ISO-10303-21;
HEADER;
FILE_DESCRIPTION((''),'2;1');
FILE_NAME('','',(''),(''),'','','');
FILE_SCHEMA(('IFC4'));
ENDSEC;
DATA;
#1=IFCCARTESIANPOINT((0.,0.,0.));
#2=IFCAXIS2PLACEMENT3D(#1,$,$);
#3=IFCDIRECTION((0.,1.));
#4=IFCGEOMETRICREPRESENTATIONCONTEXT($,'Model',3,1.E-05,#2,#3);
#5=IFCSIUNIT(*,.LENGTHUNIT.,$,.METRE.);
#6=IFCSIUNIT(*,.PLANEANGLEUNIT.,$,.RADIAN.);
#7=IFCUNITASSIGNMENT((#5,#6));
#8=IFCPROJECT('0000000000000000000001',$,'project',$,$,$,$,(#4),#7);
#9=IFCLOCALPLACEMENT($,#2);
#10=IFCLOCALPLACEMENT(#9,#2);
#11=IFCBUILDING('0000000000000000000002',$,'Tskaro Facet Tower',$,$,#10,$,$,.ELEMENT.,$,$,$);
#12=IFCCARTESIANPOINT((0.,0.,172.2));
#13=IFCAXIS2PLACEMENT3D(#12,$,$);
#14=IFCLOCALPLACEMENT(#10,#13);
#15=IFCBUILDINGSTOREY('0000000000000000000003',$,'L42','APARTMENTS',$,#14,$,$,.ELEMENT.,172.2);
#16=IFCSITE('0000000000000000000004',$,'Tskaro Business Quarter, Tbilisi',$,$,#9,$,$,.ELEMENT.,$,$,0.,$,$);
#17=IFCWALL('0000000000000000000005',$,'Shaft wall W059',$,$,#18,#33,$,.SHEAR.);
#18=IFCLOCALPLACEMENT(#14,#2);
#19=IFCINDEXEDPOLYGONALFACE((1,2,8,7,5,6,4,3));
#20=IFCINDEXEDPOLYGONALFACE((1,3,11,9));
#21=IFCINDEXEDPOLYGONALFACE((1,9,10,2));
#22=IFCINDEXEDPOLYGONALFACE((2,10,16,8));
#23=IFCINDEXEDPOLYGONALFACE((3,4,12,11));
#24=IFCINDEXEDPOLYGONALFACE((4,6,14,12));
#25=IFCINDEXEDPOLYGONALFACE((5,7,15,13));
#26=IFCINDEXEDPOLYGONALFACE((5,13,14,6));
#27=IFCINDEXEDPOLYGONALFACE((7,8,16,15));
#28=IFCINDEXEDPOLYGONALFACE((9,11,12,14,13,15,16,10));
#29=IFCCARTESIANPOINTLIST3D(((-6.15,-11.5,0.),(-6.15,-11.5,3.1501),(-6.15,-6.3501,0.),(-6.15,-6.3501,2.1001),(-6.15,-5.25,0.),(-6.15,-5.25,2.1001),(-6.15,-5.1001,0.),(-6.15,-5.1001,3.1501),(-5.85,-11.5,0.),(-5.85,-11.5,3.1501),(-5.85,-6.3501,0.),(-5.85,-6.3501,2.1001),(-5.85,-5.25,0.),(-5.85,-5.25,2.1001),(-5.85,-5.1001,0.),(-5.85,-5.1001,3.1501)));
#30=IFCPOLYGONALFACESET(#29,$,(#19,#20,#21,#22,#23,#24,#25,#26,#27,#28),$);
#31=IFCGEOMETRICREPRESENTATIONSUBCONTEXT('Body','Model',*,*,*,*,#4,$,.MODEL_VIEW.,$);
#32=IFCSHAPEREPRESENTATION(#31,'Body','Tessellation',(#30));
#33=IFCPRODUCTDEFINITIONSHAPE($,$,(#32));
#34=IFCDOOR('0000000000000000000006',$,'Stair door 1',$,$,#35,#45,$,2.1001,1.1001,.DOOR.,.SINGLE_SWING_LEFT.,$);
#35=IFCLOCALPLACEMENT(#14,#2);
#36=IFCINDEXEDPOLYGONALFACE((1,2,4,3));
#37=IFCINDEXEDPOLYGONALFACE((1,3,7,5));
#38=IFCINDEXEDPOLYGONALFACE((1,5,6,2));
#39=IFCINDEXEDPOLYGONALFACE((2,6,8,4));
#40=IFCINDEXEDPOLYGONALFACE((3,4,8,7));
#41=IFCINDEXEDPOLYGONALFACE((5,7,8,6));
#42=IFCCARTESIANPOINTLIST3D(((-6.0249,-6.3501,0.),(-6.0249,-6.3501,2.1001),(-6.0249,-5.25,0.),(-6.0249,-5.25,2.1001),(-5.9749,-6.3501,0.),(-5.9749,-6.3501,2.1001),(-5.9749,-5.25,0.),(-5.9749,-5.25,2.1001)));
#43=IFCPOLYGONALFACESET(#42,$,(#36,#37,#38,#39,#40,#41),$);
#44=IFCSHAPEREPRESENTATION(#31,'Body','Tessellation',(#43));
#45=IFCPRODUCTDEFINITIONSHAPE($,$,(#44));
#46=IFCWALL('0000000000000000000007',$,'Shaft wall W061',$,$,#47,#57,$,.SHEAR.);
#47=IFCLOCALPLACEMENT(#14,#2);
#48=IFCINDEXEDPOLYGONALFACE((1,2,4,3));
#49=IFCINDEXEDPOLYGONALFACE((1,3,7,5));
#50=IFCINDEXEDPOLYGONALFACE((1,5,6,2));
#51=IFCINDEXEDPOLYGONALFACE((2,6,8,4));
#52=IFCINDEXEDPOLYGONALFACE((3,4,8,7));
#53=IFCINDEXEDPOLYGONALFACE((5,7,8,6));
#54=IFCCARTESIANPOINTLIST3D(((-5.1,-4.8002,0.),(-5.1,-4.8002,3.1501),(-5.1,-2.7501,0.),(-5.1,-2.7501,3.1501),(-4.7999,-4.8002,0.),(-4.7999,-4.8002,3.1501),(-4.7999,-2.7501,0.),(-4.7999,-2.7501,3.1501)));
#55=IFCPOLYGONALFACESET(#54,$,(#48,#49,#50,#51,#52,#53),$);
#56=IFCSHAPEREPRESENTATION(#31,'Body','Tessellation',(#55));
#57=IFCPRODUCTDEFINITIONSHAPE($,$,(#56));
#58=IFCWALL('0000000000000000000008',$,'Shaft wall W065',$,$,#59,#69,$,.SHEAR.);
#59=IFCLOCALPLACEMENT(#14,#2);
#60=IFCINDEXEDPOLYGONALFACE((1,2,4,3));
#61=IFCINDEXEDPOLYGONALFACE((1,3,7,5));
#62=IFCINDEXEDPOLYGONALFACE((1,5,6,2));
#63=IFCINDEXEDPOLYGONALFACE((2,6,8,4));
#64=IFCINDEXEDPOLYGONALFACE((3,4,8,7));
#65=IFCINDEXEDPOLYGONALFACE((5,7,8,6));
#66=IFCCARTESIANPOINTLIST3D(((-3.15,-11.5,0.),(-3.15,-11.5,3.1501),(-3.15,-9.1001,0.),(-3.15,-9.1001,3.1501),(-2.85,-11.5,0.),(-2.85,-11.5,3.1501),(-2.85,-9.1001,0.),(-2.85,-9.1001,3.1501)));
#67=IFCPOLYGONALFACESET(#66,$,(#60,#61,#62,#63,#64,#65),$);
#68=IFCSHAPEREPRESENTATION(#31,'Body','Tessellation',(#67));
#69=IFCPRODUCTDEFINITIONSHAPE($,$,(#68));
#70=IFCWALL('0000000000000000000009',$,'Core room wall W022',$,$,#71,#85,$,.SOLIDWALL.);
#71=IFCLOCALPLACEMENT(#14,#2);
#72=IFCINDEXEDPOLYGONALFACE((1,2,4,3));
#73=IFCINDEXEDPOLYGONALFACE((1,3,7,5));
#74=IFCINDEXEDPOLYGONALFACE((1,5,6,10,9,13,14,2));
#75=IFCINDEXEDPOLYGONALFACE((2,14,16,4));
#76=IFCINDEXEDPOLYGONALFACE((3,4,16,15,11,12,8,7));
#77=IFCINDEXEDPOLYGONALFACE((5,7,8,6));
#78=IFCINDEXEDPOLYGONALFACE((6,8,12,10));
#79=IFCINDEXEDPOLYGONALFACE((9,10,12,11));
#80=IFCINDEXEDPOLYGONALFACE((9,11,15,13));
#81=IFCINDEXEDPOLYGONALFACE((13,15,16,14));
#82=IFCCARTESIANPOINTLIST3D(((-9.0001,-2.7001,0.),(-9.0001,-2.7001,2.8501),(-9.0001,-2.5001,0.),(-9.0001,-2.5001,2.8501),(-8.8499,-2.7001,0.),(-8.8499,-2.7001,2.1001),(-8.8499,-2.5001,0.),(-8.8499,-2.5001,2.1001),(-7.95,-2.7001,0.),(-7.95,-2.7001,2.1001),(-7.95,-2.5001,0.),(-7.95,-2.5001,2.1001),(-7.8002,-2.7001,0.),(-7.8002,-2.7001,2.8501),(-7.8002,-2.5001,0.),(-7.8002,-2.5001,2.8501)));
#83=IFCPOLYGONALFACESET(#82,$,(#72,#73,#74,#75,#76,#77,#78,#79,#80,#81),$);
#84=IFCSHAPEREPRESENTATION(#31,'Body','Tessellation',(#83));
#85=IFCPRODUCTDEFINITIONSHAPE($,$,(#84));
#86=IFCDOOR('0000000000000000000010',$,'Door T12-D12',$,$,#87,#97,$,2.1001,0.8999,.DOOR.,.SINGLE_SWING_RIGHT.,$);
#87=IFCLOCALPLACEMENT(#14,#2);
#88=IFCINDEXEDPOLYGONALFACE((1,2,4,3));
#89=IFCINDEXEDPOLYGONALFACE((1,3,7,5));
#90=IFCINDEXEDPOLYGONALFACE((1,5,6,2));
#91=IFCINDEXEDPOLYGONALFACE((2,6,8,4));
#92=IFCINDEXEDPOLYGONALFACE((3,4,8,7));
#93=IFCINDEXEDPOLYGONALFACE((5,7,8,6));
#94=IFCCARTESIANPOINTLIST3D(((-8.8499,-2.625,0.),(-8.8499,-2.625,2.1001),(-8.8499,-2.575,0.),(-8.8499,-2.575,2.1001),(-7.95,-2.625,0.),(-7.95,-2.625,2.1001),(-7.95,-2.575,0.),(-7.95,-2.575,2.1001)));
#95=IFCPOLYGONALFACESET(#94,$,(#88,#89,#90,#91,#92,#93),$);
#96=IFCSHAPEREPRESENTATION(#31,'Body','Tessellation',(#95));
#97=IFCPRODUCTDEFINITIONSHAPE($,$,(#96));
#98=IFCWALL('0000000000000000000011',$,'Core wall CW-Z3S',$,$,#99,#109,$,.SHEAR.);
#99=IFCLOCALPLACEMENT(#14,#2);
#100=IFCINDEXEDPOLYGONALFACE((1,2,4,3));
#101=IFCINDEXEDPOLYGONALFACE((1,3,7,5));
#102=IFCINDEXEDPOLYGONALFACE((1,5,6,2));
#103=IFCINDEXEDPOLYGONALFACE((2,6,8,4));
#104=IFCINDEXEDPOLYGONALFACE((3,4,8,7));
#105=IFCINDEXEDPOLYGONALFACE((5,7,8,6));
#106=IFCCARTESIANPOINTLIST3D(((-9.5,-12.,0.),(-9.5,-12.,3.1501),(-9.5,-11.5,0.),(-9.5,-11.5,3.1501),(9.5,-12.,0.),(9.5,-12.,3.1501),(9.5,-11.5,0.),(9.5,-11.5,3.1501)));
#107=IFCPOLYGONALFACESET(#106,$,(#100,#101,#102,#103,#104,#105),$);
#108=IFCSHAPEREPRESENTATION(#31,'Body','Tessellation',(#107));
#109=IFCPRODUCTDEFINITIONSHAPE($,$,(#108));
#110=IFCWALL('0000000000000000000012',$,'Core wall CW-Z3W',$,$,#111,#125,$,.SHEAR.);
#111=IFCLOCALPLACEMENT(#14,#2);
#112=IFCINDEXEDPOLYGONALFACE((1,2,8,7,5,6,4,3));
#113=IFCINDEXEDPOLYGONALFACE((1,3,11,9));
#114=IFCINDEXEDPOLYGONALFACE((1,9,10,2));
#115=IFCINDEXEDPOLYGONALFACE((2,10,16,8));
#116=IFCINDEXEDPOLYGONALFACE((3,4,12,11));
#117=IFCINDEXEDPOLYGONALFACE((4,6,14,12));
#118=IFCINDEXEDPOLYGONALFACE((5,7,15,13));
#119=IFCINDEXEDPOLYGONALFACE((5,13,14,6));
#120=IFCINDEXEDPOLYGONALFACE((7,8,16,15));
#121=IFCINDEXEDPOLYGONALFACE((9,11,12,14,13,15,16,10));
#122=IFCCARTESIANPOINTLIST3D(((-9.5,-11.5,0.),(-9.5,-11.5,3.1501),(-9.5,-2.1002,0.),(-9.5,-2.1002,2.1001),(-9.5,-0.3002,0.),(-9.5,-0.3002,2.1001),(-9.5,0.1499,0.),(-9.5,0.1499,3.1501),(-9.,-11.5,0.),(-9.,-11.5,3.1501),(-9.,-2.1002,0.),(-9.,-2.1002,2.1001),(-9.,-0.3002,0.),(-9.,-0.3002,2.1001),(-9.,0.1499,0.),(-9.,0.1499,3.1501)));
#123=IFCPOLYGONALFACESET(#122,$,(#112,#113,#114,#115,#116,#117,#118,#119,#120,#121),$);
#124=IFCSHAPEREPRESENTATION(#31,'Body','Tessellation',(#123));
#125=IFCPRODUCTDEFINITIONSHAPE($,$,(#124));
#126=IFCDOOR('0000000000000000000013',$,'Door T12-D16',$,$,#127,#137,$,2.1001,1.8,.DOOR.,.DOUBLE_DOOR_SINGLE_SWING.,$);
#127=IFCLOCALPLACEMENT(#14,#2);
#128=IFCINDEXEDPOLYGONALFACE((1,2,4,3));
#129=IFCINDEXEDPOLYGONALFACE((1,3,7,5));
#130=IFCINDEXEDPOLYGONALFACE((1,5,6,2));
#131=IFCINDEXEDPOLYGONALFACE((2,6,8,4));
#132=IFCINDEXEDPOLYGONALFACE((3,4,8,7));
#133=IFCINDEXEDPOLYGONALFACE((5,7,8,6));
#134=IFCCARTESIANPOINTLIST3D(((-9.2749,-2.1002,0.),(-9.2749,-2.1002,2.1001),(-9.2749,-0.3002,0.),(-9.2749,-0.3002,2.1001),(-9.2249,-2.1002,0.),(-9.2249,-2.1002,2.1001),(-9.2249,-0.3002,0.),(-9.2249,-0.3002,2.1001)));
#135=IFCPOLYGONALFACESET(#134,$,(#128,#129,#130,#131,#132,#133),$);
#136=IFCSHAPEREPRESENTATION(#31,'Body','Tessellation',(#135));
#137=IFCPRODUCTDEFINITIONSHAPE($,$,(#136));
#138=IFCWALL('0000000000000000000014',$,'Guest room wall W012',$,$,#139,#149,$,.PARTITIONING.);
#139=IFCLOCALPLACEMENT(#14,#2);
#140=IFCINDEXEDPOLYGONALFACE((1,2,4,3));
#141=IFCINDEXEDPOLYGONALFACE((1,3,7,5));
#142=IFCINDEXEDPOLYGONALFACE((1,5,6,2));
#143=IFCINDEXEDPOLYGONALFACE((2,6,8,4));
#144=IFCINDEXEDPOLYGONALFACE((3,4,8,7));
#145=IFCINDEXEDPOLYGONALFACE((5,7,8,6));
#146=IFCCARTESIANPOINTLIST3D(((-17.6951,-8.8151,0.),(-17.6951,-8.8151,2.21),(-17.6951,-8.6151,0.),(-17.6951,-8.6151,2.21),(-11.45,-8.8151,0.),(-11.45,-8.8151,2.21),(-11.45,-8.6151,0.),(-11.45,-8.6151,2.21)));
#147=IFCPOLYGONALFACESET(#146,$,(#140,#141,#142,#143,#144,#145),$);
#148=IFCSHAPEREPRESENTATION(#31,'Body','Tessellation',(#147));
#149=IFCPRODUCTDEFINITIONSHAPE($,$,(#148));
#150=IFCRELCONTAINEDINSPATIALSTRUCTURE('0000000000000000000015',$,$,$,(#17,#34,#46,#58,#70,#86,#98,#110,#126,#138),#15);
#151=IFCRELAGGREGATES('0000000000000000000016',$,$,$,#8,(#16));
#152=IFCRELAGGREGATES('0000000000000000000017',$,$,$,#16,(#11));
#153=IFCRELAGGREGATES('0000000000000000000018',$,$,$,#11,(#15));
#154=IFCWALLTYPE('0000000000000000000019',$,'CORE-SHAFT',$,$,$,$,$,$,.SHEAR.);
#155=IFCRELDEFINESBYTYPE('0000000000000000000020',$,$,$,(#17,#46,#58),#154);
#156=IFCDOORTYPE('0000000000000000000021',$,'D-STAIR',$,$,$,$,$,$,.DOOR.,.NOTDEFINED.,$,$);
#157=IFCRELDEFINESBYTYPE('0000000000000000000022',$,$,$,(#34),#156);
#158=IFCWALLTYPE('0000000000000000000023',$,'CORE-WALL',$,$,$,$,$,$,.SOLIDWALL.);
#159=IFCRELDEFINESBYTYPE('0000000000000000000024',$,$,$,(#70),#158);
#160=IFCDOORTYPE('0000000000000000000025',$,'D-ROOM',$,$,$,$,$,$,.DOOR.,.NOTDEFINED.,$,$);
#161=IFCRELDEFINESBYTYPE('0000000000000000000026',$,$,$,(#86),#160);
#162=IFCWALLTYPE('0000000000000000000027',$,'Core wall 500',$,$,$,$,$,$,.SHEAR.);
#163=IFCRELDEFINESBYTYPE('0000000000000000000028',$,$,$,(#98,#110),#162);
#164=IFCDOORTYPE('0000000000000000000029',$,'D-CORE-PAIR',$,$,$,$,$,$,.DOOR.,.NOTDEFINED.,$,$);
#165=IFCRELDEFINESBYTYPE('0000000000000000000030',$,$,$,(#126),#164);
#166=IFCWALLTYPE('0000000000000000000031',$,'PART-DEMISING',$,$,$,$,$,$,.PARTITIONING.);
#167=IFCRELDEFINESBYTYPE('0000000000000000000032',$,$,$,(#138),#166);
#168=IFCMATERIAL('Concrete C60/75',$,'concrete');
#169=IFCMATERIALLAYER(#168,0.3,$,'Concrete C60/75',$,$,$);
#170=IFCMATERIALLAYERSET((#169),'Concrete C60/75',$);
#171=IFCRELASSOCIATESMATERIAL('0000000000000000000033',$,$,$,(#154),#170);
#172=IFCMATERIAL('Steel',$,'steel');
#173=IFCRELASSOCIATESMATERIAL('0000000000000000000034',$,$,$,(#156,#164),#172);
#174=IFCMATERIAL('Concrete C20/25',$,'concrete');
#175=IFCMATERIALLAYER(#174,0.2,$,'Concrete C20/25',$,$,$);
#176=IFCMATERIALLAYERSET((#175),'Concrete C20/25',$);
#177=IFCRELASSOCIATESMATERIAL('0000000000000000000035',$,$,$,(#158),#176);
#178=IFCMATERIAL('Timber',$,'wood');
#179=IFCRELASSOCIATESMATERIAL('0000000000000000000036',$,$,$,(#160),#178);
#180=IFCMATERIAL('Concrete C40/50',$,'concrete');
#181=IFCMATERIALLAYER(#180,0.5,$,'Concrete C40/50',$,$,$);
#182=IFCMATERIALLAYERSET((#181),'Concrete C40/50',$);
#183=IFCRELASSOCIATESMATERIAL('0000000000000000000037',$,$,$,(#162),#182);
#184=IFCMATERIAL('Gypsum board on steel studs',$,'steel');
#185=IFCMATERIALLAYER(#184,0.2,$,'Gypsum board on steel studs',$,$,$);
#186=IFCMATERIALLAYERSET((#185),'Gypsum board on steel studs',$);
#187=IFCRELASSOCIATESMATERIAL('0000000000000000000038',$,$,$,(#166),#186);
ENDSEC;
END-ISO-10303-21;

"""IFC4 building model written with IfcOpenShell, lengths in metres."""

from ifc_helpers import new_model, si_unit, direction, frame, frame_2d, origin, place, context, subcontext, project, spatial, rectangle, extrude, material, layer, layer_set, type_object, element, fill, save


model = new_model("IFC4")

# Units and contexts
model_context = context("Model", 3, precision=1e-05, world=origin(), true_north=direction((0.0, 1.0)))
body_context = subcontext(model_context, "Body", "Model", "MODEL_VIEW")
ifc_project = project(units=[si_unit("LENGTHUNIT", "METRE"), si_unit("PLANEANGLEUNIT", "RADIAN")], contexts=[model_context])

# Site, building, storey
site_placement = place(None, origin())
site = spatial("IfcSite", under=ifc_project, at=site_placement, Name="Tskaro Business Quarter, Tbilisi", CompositionType="ELEMENT", RefElevation=0.0)
building_placement = place(site_placement, origin())
building = spatial("IfcBuilding", under=site, at=building_placement, Name="Tskaro Facet Tower", CompositionType="ELEMENT")
storey_placement = place(building_placement, frame((0.0, 0.0, 172.2)))
storey = spatial("IfcBuildingStorey", under=building, at=storey_placement, Name="L42", Description="APARTMENTS", CompositionType="ELEMENT", Elevation=172.2)

# Shared definitions
ifc_material_1 = material(Name="Concrete C60/75", Category="concrete")
ifc_layer_1 = layer(ifc_material_1, 0.3, Name="Concrete C60/75")
ifc_layer_set_1 = layer_set([ifc_layer_1], Name="Concrete C60/75")
wall_type_1 = type_object("IfcWallType", Name="CORE-SHAFT", PredefinedType="SHEAR", material=ifc_layer_set_1)

# Wall, opening, door
wall_1_placement = place(storey_placement, frame((-6.0, -11.5, 0.0), z_axis=(0.0, 0.0, 1.0), x_axis=(0.0, 1.0, 0.0)))
wall_1 = element("IfcWall", 1, at=wall_1_placement, inside=storey, type_object=wall_type_1, Name="Shaft wall W059", PredefinedType="SHEAR", context=body_context, shape_type="SweptSolid", body=[
    extrude(rectangle(XDim=6.3999, YDim=0.3, at=frame_2d((3.2, 0.0))), origin(), (0.0, 0.0, 1.0), 3.1501),
])
opening_1_placement = place(wall_1_placement, frame((5.1499, 0.0, 0.0)))
opening_1 = element("IfcOpeningElement", 2, at=opening_1_placement, cuts=wall_1, PredefinedType="OPENING", context=body_context, shape_type="SweptSolid", body=[
    extrude(rectangle(XDim=1.1001, YDim=2.1001, at=frame_2d((0.55, 1.05))), frame((0.0, 0.1599, 0.0), z_axis=(0.0, -1.0, 0.0), x_axis=(1.0, 0.0, 0.0)), (0.0, 0.0, 1.0), 0.3201),
])
ifc_material_2 = material(Name="Steel", Category="steel")
door_type_1 = type_object("IfcDoorType", Name="D-STAIR", OperationType="NOTDEFINED", PredefinedType="DOOR", material=ifc_material_2)
door_1_placement = place(opening_1_placement, origin())
door_1 = element("IfcDoor", 3, at=door_1_placement, inside=storey, type_object=door_type_1, Name="Stair door 1", OperationType="SINGLE_SWING_LEFT", OverallHeight=2.1001, OverallWidth=1.1001, PredefinedType="DOOR", context=body_context, shape_type="SweptSolid", body=[
    extrude(rectangle(XDim=1.1001, YDim=2.1001, at=frame_2d((0.55, 1.05))), frame((0.0, 0.0249, 0.0), z_axis=(0.0, -1.0, 0.0), x_axis=(1.0, 0.0, 0.0)), (0.0, 0.0, 1.0), 0.05),
])
fill(opening_1, door_1)

# Walls
wall_2_placement = place(storey_placement, frame((-4.95, -4.8, 0.0), z_axis=(0.0, 0.0, 1.0), x_axis=(0.0, 1.0, 0.0)))
element("IfcWall", 4, at=wall_2_placement, inside=storey, type_object=wall_type_1, Name="Shaft wall W061", PredefinedType="SHEAR", context=body_context, shape_type="SweptSolid", body=[
    extrude(rectangle(XDim=2.05, YDim=0.3, at=frame_2d((1.0249, 0.0))), origin(), (0.0, 0.0, 1.0), 3.1501),
])
wall_3_placement = place(storey_placement, frame((-3.0, -11.5, 0.0), z_axis=(0.0, 0.0, 1.0), x_axis=(0.0, 1.0, 0.0)))
element("IfcWall", 5, at=wall_3_placement, inside=storey, type_object=wall_type_1, Name="Shaft wall W065", PredefinedType="SHEAR", context=body_context, shape_type="SweptSolid", body=[
    extrude(rectangle(XDim=2.3999, YDim=0.3, at=frame_2d((1.2, 0.0))), origin(), (0.0, 0.0, 1.0), 3.1501),
])

# Wall, opening, door
ifc_material_3 = material(Name="Concrete C20/25", Category="concrete")
ifc_layer_2 = layer(ifc_material_3, 0.2, Name="Concrete C20/25")
ifc_layer_set_2 = layer_set([ifc_layer_2], Name="Concrete C20/25")
wall_type_2 = type_object("IfcWallType", Name="CORE-WALL", PredefinedType="SOLIDWALL", material=ifc_layer_set_2)
wall_4_placement = place(storey_placement, frame((-7.8, -2.6001, 0.0), z_axis=(0.0, 0.0, 1.0), x_axis=(-1.0, 0.0, 0.0)))
wall_4 = element("IfcWall", 6, at=wall_4_placement, inside=storey, type_object=wall_type_2, Name="Core room wall W022", PredefinedType="SOLIDWALL", context=body_context, shape_type="SweptSolid", body=[
    extrude(rectangle(XDim=1.2, YDim=0.2, at=frame_2d((0.6001, 0.0))), origin(), (0.0, 0.0, 1.0), 2.8501),
])
opening_2_placement = place(wall_4_placement, frame((0.1499, 0.0, 0.0)))
opening_2 = element("IfcOpeningElement", 7, at=opening_2_placement, cuts=wall_4, PredefinedType="OPENING", context=body_context, shape_type="SweptSolid", body=[
    extrude(rectangle(XDim=0.8999, YDim=2.1001, at=frame_2d((0.45, 1.05))), frame((0.0, 0.1099, 0.0), z_axis=(0.0, -1.0, 0.0), x_axis=(1.0, 0.0, 0.0)), (0.0, 0.0, 1.0), 0.22),
])
ifc_material_4 = material(Name="Timber", Category="wood")
door_type_2 = type_object("IfcDoorType", Name="D-ROOM", OperationType="NOTDEFINED", PredefinedType="DOOR", material=ifc_material_4)
door_2_placement = place(opening_2_placement, origin())
door_2 = element("IfcDoor", 8, at=door_2_placement, inside=storey, type_object=door_type_2, Name="Door T12-D12", OperationType="SINGLE_SWING_RIGHT", OverallHeight=2.1001, OverallWidth=0.8999, PredefinedType="DOOR", context=body_context, shape_type="SweptSolid", body=[
    extrude(rectangle(XDim=0.8999, YDim=2.1001, at=frame_2d((0.45, 1.05))), frame((0.0, 0.0249, 0.0), z_axis=(0.0, -1.0, 0.0), x_axis=(1.0, 0.0, 0.0)), (0.0, 0.0, 1.0), 0.05),
])
fill(opening_2, door_2)

# Wall
ifc_material_5 = material(Name="Concrete C40/50", Category="concrete")
ifc_layer_3 = layer(ifc_material_5, 0.5, Name="Concrete C40/50")
ifc_layer_set_3 = layer_set([ifc_layer_3], Name="Concrete C40/50")
wall_type_3 = type_object("IfcWallType", Name="Core wall 500", PredefinedType="SHEAR", material=ifc_layer_set_3)
wall_5_placement = place(storey_placement, frame((-9.5, -11.75, 0.0), z_axis=(0.0, 0.0, 1.0), x_axis=(1.0, 0.0, 0.0)))
element("IfcWall", 9, at=wall_5_placement, inside=storey, type_object=wall_type_3, Name="Core wall CW-Z3S", PredefinedType="SHEAR", context=body_context, shape_type="SweptSolid", body=[
    extrude(rectangle(XDim=19.0, YDim=0.5, at=frame_2d((9.5, 0.0))), origin(), (0.0, 0.0, 1.0), 3.1501),
])

# Wall, opening, door
wall_6_placement = place(storey_placement, frame((-9.25, -11.5, 0.0), z_axis=(0.0, 0.0, 1.0), x_axis=(0.0, 1.0, 0.0)))
wall_6 = element("IfcWall", 10, at=wall_6_placement, inside=storey, type_object=wall_type_3, Name="Core wall CW-Z3W", PredefinedType="SHEAR", context=body_context, shape_type="SweptSolid", body=[
    extrude(rectangle(XDim=11.6499, YDim=0.5, at=frame_2d((5.825, 0.0))), origin(), (0.0, 0.0, 1.0), 3.1501),
])
opening_3_placement = place(wall_6_placement, frame((9.3999, 0.0, 0.0)))
opening_3 = element("IfcOpeningElement", 11, at=opening_3_placement, cuts=wall_6, PredefinedType="OPENING", context=body_context, shape_type="SweptSolid", body=[
    extrude(rectangle(XDim=1.8, YDim=2.1001, at=frame_2d((0.8999, 1.05))), frame((0.0, 0.26, 0.0), z_axis=(0.0, -1.0, 0.0), x_axis=(1.0, 0.0, 0.0)), (0.0, 0.0, 1.0), 0.52),
])
door_type_3 = type_object("IfcDoorType", Name="D-CORE-PAIR", OperationType="NOTDEFINED", PredefinedType="DOOR", material=ifc_material_2)
door_3_placement = place(opening_3_placement, origin())
door_3 = element("IfcDoor", 12, at=door_3_placement, inside=storey, type_object=door_type_3, Name="Door T12-D16", OperationType="DOUBLE_DOOR_SINGLE_SWING", OverallHeight=2.1001, OverallWidth=1.8, PredefinedType="DOOR", context=body_context, shape_type="SweptSolid", body=[
    extrude(rectangle(XDim=1.8, YDim=2.1001, at=frame_2d((0.8999, 1.05))), frame((0.0, 0.0249, 0.0), z_axis=(0.0, -1.0, 0.0), x_axis=(1.0, 0.0, 0.0)), (0.0, 0.0, 1.0), 0.05),
])
fill(opening_3, door_3)

# Wall
ifc_material_6 = material(Name="Gypsum board on steel studs", Category="steel")
ifc_layer_4 = layer(ifc_material_6, 0.2, Name="Gypsum board on steel studs")
ifc_layer_set_4 = layer_set([ifc_layer_4], Name="Gypsum board on steel studs")
wall_type_4 = type_object("IfcWallType", Name="PART-DEMISING", PredefinedType="PARTITIONING", material=ifc_layer_set_4)
wall_7_placement = place(storey_placement, frame((-17.6951, -8.7151, 0.0), z_axis=(0.0, 0.0, 1.0), x_axis=(1.0, 0.0, 0.0)))
element("IfcWall", 13, at=wall_7_placement, inside=storey, type_object=wall_type_4, Name="Guest room wall W012", PredefinedType="PARTITIONING", context=body_context, shape_type="SweptSolid", body=[
    extrude(rectangle(XDim=6.2451, YDim=0.2, at=frame_2d((3.1226, 0.0))), origin(), (0.0, 0.0, 1.0), 2.21),
])

save(model, "model.ifc")
